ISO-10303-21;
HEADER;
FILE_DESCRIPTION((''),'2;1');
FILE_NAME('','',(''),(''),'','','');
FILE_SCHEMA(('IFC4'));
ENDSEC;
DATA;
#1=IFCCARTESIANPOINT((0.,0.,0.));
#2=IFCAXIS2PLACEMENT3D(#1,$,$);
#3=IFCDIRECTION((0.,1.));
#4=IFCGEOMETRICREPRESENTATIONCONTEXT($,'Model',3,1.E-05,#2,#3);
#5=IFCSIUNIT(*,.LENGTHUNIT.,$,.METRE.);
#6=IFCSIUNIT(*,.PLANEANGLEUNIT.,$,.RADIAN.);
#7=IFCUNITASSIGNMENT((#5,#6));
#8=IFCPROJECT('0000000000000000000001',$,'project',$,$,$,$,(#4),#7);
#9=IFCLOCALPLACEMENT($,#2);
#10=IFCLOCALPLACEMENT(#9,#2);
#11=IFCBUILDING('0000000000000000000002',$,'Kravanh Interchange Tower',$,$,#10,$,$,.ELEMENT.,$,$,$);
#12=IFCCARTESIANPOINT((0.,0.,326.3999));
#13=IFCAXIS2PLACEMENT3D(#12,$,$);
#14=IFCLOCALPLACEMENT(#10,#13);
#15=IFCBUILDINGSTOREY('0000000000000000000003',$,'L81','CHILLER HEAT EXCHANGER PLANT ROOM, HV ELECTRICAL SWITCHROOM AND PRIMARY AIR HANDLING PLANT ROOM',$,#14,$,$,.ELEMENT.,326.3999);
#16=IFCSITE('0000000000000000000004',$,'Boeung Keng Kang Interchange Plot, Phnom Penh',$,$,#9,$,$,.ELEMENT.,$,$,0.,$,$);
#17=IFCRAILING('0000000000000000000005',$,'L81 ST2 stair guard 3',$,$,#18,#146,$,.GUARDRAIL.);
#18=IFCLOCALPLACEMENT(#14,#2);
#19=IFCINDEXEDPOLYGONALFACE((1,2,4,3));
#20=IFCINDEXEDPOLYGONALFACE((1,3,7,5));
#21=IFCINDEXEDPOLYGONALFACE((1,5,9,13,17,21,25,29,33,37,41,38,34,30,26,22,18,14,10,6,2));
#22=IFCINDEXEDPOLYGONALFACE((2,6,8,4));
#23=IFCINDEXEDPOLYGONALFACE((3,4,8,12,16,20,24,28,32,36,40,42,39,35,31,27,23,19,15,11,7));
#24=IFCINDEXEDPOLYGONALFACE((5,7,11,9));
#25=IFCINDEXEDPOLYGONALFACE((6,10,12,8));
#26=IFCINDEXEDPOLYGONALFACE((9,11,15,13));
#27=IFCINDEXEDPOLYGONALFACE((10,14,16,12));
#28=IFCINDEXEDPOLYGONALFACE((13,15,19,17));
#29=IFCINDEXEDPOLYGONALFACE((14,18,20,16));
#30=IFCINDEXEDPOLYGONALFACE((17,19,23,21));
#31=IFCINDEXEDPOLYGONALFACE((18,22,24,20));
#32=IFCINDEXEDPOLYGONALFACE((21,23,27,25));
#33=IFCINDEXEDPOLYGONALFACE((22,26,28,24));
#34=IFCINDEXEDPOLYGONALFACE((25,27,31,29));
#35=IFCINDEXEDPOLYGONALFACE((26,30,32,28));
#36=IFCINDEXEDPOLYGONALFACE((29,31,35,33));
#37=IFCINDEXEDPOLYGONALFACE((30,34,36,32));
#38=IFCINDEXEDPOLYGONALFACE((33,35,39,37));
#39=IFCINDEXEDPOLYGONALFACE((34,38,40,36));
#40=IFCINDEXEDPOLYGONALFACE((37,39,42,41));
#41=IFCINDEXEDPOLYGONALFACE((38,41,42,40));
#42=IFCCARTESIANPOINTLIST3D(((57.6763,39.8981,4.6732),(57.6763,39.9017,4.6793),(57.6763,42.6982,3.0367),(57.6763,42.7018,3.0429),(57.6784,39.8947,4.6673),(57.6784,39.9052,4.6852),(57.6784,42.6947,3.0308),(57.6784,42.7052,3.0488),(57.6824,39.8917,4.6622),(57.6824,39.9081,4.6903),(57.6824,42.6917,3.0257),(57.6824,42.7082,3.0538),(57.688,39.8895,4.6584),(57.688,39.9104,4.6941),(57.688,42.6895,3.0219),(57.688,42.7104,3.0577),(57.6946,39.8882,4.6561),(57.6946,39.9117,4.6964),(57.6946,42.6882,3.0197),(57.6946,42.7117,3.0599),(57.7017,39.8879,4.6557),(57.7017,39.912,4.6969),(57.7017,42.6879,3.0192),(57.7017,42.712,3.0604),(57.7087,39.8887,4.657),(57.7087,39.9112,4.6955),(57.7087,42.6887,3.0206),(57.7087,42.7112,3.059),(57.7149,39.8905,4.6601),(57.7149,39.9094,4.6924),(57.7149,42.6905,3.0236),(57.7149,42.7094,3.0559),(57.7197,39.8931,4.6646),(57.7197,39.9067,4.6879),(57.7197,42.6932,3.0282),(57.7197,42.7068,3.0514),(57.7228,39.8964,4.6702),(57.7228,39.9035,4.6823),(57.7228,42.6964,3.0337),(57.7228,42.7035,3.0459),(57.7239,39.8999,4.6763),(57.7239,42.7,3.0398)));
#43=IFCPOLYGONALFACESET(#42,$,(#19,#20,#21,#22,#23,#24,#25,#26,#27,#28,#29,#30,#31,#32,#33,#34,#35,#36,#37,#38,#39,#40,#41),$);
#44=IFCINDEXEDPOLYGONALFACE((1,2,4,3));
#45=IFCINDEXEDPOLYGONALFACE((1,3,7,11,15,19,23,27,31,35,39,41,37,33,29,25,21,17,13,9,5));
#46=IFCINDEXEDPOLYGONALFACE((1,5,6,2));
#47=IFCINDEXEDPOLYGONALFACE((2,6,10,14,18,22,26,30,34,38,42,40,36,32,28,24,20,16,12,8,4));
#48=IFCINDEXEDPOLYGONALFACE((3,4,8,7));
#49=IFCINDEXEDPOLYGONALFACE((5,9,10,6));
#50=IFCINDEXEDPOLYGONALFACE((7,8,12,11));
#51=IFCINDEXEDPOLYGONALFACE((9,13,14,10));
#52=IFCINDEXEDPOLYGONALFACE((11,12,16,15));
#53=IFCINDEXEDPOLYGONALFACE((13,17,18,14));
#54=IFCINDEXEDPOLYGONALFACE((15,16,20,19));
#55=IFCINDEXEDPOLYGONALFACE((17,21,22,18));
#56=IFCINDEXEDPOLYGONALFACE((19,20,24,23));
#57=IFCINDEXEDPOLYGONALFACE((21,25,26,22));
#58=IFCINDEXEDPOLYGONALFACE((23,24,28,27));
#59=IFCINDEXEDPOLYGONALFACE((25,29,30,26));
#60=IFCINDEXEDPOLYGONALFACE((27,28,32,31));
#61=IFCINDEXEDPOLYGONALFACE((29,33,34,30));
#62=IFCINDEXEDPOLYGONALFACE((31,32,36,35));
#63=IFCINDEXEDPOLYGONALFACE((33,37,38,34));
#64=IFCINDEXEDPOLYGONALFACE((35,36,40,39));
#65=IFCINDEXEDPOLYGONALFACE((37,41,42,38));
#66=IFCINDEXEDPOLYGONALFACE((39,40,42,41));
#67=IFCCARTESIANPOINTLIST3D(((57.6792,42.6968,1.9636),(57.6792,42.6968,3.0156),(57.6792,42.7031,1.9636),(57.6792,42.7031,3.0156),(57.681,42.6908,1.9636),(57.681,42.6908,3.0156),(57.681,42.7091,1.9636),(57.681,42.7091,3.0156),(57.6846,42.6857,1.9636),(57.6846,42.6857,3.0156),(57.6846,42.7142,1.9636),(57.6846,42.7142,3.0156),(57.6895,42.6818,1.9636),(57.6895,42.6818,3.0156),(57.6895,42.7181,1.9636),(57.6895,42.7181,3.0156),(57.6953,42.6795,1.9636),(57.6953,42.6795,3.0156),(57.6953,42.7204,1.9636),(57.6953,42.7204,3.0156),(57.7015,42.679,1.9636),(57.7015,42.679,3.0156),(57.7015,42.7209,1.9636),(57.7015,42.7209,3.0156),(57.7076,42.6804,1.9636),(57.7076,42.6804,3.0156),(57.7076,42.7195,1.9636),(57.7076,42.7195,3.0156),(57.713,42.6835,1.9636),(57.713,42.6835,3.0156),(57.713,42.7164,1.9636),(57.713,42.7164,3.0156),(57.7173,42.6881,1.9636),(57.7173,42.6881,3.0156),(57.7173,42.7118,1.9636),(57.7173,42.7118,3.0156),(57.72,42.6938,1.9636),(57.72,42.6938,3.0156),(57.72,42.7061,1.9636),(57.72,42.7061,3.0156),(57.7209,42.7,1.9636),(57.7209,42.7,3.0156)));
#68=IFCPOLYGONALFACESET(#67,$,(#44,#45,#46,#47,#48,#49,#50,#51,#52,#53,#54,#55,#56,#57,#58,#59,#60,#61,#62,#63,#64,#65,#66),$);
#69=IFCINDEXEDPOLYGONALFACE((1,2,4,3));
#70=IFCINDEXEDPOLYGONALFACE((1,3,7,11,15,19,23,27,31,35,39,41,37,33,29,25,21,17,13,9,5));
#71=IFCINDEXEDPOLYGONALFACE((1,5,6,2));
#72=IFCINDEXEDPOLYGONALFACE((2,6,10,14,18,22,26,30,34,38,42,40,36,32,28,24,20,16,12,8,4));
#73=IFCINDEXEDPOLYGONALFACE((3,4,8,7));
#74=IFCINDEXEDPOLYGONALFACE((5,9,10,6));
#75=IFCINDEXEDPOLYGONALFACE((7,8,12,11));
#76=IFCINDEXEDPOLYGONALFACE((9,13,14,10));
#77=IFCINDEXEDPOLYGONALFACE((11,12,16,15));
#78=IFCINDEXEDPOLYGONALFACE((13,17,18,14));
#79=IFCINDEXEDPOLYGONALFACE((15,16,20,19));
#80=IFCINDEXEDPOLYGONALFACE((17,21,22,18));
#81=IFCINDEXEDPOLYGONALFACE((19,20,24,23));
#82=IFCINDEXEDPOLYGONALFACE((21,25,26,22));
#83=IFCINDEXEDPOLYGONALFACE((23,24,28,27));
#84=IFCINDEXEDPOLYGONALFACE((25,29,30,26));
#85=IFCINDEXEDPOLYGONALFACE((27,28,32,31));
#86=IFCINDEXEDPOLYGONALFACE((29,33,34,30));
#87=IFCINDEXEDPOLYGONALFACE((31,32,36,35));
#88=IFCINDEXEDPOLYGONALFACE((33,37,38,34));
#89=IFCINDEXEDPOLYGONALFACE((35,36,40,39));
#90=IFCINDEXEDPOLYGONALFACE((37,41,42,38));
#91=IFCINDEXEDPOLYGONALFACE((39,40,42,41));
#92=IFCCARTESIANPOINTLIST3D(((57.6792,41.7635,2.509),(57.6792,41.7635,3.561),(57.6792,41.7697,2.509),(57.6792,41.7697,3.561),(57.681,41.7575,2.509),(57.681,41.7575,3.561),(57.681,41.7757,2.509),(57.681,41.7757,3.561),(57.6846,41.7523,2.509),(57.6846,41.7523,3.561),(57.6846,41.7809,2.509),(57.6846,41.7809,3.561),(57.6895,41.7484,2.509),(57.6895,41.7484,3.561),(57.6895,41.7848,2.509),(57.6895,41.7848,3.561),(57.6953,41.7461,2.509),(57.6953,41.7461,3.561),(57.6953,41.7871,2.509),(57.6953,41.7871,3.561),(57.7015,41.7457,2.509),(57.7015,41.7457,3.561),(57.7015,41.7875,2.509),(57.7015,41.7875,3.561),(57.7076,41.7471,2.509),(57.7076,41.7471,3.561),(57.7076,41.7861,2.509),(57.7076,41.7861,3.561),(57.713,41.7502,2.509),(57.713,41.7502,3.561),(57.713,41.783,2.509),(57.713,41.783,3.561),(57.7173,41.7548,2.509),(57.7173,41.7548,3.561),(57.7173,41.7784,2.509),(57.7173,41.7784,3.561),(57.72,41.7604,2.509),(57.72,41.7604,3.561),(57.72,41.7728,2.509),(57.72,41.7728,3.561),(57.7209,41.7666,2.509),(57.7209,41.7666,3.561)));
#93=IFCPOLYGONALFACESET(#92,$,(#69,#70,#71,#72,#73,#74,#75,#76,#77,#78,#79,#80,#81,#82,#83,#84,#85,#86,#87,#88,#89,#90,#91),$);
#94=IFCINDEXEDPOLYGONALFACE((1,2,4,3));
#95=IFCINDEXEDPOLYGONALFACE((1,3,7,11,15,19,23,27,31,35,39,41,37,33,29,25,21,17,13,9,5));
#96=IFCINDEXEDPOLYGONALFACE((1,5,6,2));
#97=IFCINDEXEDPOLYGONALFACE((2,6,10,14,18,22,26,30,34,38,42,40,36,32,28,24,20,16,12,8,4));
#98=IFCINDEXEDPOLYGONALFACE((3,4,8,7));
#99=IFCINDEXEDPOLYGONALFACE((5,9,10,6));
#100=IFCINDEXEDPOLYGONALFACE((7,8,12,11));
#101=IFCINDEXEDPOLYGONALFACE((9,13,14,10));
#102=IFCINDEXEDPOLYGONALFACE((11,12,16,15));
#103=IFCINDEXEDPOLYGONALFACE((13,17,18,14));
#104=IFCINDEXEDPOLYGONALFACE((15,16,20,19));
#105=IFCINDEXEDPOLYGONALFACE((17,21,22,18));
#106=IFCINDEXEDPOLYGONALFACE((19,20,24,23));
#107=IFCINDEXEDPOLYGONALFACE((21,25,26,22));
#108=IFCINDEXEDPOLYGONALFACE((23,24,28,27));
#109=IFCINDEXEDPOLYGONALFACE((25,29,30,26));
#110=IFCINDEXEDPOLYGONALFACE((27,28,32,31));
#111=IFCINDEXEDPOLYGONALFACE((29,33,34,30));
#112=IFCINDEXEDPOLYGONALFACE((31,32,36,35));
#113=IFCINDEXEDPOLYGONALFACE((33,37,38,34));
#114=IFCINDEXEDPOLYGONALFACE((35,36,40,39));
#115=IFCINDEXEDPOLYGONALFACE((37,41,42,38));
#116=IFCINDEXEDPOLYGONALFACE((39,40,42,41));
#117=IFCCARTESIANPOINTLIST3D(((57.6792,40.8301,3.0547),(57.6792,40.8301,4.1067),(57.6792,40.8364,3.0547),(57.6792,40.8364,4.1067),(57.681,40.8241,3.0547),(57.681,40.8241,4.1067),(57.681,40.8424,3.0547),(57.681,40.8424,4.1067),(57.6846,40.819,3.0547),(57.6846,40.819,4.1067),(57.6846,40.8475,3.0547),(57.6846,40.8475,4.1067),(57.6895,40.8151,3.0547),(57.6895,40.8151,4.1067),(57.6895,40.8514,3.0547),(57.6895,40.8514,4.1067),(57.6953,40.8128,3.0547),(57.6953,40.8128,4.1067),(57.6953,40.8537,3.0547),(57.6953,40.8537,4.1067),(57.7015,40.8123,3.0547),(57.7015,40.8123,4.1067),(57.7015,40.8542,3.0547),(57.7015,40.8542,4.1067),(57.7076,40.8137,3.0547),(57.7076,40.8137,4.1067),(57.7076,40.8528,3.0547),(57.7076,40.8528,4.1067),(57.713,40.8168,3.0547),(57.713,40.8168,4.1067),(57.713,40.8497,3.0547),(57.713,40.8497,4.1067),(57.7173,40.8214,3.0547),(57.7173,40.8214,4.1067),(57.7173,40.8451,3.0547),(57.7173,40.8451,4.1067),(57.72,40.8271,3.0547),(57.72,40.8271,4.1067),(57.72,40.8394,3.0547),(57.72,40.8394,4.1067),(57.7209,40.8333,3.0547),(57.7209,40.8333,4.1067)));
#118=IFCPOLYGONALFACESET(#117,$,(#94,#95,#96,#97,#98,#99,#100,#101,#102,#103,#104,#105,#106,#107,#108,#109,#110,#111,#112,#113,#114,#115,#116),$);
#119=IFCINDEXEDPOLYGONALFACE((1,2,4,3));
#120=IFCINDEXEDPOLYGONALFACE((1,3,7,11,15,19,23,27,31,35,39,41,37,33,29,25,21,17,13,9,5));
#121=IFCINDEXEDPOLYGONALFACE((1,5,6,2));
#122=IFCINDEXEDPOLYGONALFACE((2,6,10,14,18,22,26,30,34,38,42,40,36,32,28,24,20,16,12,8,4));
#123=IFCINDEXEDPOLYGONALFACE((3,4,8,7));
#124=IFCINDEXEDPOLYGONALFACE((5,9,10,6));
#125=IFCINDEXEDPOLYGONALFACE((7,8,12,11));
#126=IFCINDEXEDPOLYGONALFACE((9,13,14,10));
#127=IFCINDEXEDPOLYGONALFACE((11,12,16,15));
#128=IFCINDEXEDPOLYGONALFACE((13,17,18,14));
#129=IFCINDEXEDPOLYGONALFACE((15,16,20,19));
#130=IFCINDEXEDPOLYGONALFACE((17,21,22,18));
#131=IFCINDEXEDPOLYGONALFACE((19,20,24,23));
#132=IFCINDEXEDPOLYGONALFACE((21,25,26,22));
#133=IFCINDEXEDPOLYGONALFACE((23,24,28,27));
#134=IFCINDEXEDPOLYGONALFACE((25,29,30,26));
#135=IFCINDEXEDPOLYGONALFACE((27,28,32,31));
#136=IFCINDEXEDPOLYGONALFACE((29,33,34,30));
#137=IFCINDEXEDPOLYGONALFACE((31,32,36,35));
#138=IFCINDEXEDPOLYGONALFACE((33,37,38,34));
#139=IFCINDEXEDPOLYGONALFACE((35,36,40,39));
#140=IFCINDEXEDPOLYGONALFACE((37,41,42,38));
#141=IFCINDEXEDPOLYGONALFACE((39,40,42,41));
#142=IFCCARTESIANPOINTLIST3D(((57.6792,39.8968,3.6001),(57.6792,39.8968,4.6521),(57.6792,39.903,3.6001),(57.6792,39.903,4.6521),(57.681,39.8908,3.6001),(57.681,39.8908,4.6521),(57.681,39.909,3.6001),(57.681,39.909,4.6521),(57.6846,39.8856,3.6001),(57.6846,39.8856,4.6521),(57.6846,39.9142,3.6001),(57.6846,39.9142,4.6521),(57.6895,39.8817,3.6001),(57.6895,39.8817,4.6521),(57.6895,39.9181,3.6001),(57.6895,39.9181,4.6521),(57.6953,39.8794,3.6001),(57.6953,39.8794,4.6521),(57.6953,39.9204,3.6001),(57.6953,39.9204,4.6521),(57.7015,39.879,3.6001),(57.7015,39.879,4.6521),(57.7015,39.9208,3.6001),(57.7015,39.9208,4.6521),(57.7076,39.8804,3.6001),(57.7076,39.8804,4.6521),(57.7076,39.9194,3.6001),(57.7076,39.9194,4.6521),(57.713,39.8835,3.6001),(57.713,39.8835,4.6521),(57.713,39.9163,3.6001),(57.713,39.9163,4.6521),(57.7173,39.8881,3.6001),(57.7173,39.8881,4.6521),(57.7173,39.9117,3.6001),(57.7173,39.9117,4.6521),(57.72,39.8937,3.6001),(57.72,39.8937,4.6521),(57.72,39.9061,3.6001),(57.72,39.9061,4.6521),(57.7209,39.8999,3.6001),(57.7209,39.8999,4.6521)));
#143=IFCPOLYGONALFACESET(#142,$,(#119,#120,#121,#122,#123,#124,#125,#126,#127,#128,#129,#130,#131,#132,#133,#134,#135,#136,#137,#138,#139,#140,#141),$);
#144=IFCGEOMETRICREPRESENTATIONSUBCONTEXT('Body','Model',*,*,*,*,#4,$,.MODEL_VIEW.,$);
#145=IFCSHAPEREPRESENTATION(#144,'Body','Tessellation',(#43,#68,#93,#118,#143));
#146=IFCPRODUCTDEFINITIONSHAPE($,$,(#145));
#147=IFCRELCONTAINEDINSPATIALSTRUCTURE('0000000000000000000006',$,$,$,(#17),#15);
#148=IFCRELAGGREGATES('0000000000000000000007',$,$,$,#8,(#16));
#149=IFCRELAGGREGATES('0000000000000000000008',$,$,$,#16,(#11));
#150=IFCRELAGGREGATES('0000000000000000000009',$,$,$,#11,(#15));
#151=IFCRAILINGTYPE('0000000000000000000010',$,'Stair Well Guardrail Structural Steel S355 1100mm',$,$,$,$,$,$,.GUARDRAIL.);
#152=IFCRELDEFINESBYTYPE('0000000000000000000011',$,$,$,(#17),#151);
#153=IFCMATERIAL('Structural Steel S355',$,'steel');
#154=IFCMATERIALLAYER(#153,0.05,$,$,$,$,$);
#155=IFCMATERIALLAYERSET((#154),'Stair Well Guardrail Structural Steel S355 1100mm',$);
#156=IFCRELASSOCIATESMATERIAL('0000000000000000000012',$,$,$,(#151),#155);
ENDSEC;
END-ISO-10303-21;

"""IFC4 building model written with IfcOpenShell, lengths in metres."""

from ifc_helpers import new_model, si_unit, direction, frame, origin, origin_2d, place, context, subcontext, project, spatial, circle, extrude, material, layer, layer_set, type_object, element, save


model = new_model("IFC4")

# Units and contexts
model_context = context("Model", 3, precision=1e-05, world=origin(), true_north=direction((0.0, 1.0)))
body_context = subcontext(model_context, "Body", "Model", "MODEL_VIEW")
ifc_project = project(units=[si_unit("LENGTHUNIT", "METRE"), si_unit("PLANEANGLEUNIT", "RADIAN")], contexts=[model_context])

# Site, building, storey
site_placement = place(None, origin())
site = spatial("IfcSite", under=ifc_project, at=site_placement, Name="Boeung Keng Kang Interchange Plot, Phnom Penh", CompositionType="ELEMENT", RefElevation=0.0)
building_placement = place(site_placement, origin())
building = spatial("IfcBuilding", under=site, at=building_placement, Name="Kravanh Interchange Tower", CompositionType="ELEMENT")
storey_placement = place(building_placement, frame((0.0, 0.0, 326.3999)))
storey = spatial("IfcBuildingStorey", under=building, at=storey_placement, Name="L81", Description="CHILLER HEAT EXCHANGER PLANT ROOM, HV ELECTRICAL SWITCHROOM AND PRIMARY AIR HANDLING PLANT ROOM", CompositionType="ELEMENT", Elevation=326.3999)

# Railing
ifc_material_1 = material(Name="Structural Steel S355", Category="steel")
ifc_layer_1 = layer(ifc_material_1, 0.05)
ifc_layer_set_1 = layer_set([ifc_layer_1], Name="Stair Well Guardrail Structural Steel S355 1100mm")
railing_type_1 = type_object("IfcRailingType", Name="Stair Well Guardrail Structural Steel S355 1100mm", PredefinedType="GUARDRAIL", material=ifc_layer_set_1)
railing_1_placement = place(storey_placement, frame((57.7, 42.7, 1.9636)))
element("IfcRailing", 1, at=railing_1_placement, inside=storey, type_object=railing_type_1, Name="L81 ST2 stair guard 3", PredefinedType="GUARDRAIL", context=body_context, shape_type="SweptSolid", body=[
    extrude(circle(Radius=0.0239, at=origin_2d()), frame((0.0, 0.0, 1.0762), z_axis=(0.0, -0.863361, 0.504587), x_axis=(1.0, 0.0, 0.0)), (0.0, 0.0, 1.0), 3.2432),
    extrude(circle(Radius=0.021, at=origin_2d()), origin(), (0.0, 0.0, 1.0), 1.052),
    extrude(circle(Radius=0.021, at=origin_2d()), frame((0.0, -0.9333, 0.5454)), (0.0, 0.0, 1.0), 1.052),
    extrude(circle(Radius=0.021, at=origin_2d()), frame((0.0, -1.8667, 1.0911)), (0.0, 0.0, 1.0), 1.052),
    extrude(circle(Radius=0.021, at=origin_2d()), frame((0.0, -2.8, 1.6365)), (0.0, 0.0, 1.0), 1.052),
])

save(model, "model.ifc")
